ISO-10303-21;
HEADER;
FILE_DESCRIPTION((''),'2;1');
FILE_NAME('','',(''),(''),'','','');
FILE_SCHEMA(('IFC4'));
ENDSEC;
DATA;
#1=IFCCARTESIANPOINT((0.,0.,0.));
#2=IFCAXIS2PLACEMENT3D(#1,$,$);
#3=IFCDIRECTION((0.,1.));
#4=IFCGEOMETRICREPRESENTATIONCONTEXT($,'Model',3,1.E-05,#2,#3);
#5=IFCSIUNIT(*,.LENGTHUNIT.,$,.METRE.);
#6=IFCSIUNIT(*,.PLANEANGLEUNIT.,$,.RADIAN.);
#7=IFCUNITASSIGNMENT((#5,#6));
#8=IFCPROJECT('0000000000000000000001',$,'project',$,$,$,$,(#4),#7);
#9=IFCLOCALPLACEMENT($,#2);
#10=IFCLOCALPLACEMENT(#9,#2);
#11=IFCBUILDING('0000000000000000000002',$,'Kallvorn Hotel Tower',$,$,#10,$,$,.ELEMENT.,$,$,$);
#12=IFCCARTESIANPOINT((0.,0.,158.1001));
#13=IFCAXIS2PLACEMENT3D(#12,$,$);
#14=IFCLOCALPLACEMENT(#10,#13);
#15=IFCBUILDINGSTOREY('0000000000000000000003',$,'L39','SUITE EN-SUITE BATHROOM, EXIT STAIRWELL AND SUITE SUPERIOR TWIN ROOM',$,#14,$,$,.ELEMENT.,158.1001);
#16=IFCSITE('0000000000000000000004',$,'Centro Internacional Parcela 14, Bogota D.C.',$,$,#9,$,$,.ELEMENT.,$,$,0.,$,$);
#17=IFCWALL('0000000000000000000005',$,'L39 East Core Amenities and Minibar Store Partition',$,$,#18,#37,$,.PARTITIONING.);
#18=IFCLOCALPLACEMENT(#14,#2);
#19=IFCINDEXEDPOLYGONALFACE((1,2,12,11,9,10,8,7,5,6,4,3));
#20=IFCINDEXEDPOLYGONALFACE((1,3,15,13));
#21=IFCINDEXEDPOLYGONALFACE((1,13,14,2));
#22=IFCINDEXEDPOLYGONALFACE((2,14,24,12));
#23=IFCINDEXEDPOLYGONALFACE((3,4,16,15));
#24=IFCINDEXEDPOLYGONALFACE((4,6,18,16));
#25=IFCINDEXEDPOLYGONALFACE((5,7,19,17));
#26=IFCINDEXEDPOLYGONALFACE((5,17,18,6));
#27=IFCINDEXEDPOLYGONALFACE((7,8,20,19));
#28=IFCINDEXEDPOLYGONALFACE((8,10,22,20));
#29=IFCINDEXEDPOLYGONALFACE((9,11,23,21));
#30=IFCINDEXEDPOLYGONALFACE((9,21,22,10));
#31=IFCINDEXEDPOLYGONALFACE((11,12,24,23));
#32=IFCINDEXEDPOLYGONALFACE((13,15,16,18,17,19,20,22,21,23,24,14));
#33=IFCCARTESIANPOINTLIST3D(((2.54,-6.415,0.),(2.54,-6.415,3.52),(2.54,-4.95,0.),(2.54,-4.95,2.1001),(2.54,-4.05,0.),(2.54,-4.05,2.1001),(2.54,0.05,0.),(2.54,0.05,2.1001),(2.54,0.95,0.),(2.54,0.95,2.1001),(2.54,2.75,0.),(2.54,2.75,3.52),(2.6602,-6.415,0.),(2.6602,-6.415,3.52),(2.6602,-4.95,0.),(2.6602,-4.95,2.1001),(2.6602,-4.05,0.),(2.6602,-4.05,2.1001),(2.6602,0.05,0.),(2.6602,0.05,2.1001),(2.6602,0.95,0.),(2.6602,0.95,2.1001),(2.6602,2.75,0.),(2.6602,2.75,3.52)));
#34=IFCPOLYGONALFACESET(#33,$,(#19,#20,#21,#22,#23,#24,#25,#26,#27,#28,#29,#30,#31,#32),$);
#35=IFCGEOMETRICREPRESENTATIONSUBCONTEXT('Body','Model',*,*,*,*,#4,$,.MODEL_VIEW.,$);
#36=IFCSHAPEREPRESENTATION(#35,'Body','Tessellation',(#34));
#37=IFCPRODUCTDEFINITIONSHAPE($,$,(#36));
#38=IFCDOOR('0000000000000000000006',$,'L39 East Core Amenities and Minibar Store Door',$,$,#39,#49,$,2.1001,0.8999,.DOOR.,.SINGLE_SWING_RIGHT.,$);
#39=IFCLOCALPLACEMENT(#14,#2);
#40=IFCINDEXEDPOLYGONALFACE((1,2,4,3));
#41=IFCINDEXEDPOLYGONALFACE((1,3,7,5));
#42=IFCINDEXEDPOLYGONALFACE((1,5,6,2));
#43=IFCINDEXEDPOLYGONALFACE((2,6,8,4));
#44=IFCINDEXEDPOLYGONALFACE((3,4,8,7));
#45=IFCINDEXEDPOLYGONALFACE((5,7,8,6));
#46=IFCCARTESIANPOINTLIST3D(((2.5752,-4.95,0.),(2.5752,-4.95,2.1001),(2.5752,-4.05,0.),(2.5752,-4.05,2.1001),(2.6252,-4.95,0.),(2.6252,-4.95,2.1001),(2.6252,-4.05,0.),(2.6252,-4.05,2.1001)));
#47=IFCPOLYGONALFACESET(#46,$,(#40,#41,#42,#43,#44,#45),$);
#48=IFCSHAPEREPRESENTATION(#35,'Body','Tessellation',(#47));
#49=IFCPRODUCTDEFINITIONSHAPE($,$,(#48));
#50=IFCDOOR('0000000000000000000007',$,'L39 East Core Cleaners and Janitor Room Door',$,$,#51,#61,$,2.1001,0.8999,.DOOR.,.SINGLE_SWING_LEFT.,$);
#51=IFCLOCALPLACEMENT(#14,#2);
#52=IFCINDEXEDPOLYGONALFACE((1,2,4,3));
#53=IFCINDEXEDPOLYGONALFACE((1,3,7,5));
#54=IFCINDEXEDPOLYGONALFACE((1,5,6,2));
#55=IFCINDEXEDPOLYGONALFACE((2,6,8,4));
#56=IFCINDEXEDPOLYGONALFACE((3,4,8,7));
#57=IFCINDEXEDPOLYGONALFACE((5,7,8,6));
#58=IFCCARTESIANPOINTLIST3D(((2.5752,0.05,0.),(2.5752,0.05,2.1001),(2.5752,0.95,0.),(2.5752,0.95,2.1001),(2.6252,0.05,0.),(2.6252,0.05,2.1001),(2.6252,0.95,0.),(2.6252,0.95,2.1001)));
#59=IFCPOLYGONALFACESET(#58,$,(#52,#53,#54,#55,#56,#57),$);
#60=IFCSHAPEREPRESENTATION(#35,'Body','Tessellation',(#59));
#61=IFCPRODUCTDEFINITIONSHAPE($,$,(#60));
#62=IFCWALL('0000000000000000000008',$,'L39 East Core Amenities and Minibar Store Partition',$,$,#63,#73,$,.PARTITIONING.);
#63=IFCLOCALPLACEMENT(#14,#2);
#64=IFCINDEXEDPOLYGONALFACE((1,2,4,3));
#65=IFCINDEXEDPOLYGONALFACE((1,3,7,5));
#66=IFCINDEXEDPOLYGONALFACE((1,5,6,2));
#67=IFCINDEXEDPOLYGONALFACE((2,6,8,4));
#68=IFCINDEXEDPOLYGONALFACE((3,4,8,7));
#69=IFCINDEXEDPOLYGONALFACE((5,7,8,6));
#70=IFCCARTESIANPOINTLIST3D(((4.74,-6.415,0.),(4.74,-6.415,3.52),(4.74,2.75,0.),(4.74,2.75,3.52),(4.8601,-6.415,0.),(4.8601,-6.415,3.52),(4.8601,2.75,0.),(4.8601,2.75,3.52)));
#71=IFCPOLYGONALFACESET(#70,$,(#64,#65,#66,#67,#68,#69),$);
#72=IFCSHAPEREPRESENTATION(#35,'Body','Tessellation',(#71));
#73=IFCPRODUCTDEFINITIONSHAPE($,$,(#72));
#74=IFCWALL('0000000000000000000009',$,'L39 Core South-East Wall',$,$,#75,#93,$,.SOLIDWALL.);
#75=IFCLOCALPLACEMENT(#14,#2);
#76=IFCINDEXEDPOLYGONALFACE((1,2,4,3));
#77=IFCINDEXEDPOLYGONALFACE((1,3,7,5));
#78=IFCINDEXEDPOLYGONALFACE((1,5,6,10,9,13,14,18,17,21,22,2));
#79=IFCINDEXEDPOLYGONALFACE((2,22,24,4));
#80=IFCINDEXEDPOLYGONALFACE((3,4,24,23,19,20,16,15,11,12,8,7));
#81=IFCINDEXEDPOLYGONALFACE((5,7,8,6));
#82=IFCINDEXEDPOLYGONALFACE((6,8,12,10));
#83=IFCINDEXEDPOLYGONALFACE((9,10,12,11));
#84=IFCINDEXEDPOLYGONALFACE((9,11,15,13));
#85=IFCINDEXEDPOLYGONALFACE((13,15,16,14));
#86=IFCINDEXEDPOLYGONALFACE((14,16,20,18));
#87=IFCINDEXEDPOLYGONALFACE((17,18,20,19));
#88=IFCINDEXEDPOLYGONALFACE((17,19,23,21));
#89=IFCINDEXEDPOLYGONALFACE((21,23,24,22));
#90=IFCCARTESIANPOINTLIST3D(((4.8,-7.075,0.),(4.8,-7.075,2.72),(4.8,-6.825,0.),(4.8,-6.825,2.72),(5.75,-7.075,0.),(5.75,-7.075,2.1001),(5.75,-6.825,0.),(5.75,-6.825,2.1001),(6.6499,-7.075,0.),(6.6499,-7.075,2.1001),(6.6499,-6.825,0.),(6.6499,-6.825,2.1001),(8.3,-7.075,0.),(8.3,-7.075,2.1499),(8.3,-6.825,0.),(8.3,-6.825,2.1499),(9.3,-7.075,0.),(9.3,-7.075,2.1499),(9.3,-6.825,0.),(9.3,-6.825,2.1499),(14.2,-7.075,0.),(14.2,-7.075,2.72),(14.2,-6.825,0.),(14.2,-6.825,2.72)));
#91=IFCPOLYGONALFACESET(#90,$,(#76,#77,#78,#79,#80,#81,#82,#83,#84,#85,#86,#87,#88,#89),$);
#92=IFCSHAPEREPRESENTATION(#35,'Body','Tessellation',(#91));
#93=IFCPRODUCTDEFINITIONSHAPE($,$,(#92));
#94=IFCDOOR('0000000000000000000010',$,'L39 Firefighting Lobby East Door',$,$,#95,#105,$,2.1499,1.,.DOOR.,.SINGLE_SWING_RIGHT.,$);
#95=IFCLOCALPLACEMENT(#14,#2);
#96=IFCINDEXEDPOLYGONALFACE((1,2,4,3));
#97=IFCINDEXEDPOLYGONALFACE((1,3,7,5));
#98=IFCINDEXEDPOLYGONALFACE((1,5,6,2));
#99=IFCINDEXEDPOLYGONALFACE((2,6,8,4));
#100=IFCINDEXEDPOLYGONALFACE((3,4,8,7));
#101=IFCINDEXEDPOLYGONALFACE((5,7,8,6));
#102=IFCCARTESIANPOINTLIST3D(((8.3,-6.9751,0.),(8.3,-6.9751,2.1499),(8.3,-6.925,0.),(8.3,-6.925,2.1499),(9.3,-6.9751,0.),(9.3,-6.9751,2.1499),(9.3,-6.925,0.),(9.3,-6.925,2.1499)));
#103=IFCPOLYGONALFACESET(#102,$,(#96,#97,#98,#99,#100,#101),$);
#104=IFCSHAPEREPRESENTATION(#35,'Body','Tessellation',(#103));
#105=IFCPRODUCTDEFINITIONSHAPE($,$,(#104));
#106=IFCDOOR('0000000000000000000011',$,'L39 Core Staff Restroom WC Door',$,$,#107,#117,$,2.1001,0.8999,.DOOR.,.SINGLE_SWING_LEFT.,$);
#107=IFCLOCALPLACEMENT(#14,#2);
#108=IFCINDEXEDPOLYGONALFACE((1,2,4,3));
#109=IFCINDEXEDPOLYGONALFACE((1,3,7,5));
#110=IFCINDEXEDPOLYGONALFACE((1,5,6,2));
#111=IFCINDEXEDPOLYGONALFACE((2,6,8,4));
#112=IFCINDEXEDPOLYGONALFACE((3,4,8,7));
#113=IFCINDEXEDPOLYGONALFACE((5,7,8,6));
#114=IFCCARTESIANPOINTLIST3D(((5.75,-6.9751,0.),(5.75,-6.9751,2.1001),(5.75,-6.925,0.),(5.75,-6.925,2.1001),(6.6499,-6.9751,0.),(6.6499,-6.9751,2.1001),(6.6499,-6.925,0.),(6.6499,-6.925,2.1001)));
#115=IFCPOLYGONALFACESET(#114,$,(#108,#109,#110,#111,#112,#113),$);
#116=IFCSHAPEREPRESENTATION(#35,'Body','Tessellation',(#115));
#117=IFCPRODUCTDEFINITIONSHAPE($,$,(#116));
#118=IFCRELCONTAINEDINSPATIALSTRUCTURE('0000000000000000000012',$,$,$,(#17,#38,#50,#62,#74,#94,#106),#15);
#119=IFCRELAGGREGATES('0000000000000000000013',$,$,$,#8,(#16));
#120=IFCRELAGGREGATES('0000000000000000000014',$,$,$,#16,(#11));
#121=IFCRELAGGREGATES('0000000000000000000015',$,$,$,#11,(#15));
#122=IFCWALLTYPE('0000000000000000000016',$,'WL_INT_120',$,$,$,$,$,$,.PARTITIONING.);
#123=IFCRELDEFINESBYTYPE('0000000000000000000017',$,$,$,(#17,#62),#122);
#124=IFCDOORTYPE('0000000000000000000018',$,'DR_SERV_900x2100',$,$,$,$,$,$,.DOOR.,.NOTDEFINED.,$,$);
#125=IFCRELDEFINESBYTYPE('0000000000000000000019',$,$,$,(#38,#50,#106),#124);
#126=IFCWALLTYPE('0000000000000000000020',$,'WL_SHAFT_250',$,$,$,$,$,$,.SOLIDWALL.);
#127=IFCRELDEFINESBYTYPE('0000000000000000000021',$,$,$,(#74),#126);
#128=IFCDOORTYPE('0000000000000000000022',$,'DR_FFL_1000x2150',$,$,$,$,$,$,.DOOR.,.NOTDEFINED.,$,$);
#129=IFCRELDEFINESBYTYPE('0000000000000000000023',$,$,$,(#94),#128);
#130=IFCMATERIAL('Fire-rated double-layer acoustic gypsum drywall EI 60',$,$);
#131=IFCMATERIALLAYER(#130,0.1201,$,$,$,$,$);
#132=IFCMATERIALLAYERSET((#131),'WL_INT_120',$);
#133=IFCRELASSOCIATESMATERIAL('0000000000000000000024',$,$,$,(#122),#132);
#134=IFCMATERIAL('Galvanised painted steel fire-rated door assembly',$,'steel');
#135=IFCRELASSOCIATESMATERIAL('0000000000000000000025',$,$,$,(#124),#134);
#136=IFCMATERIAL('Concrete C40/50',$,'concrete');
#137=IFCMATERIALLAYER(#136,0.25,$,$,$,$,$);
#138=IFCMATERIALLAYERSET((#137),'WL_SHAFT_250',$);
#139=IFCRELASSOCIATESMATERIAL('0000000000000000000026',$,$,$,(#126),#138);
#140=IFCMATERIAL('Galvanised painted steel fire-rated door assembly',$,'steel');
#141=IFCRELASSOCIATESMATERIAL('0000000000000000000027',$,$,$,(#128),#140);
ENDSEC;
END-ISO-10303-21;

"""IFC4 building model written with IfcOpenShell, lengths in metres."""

from ifc_helpers import new_model, si_unit, direction, frame, frame_2d, origin, place, context, subcontext, project, spatial, rectangle, extrude, material, layer, layer_set, type_object, element, fill, save


model = new_model("IFC4")

# Units and contexts
model_context = context("Model", 3, precision=1e-05, world=origin(), true_north=direction((0.0, 1.0)))
body_context = subcontext(model_context, "Body", "Model", "MODEL_VIEW")
ifc_project = project(units=[si_unit("LENGTHUNIT", "METRE"), si_unit("PLANEANGLEUNIT", "RADIAN")], contexts=[model_context])

# Site, building, storey
site_placement = place(None, origin())
site = spatial("IfcSite", under=ifc_project, at=site_placement, Name="Centro Internacional Parcela 14, Bogota D.C.", CompositionType="ELEMENT", RefElevation=0.0)
building_placement = place(site_placement, origin())
building = spatial("IfcBuilding", under=site, at=building_placement, Name="Kallvorn Hotel Tower", CompositionType="ELEMENT")
storey_placement = place(building_placement, frame((0.0, 0.0, 158.1001)))
storey = spatial("IfcBuildingStorey", under=building, at=storey_placement, Name="L39", Description="SUITE EN-SUITE BATHROOM, EXIT STAIRWELL AND SUITE SUPERIOR TWIN ROOM", CompositionType="ELEMENT", Elevation=158.1001)

# Shared definitions
ifc_material_1 = material(Name="Fire-rated double-layer acoustic gypsum drywall EI 60")
ifc_layer_1 = layer(ifc_material_1, 0.1201)
ifc_layer_set_1 = layer_set([ifc_layer_1], Name="WL_INT_120")
wall_type_1 = type_object("IfcWallType", Name="WL_INT_120", PredefinedType="PARTITIONING", material=ifc_layer_set_1)

# Wall, openings, doors
wall_1_placement = place(storey_placement, frame((2.6001, -6.415, 0.0), z_axis=(0.0, 0.0, 1.0), x_axis=(0.0, 1.0, 0.0)))
wall_1 = element("IfcWall", 1, at=wall_1_placement, inside=storey, type_object=wall_type_1, Name="L39 East Core Amenities and Minibar Store Partition", PredefinedType="PARTITIONING", context=body_context, shape_type="SweptSolid", body=[
    extrude(rectangle(XDim=9.165, YDim=0.1201, at=frame_2d((4.5825, 0.0))), origin(), (0.0, 0.0, 1.0), 3.52),
])
opening_1_placement = place(wall_1_placement, frame((1.4651, 0.0, 0.0)))
opening_1 = element("IfcOpeningElement", 2, at=opening_1_placement, cuts=wall_1, PredefinedType="OPENING", context=body_context, shape_type="SweptSolid", body=[
    extrude(rectangle(XDim=0.8999, YDim=2.1001, at=frame_2d((0.45, 1.05))), frame((0.0, 0.075, 0.0), z_axis=(0.0, -1.0, 0.0), x_axis=(1.0, 0.0, 0.0)), (0.0, 0.0, 1.0), 0.1501),
])
opening_2_placement = place(wall_1_placement, frame((6.4651, 0.0, 0.0)))
opening_2 = element("IfcOpeningElement", 3, at=opening_2_placement, cuts=wall_1, PredefinedType="OPENING", context=body_context, shape_type="SweptSolid", body=[
    extrude(rectangle(XDim=0.8999, YDim=2.1001, at=frame_2d((0.45, 1.05))), frame((0.0, 0.075, 0.0), z_axis=(0.0, -1.0, 0.0), x_axis=(1.0, 0.0, 0.0)), (0.0, 0.0, 1.0), 0.1501),
])
ifc_material_2 = material(Name="Galvanised painted steel fire-rated door assembly", Category="steel")
door_type_1 = type_object("IfcDoorType", Name="DR_SERV_900x2100", OperationType="NOTDEFINED", PredefinedType="DOOR", material=ifc_material_2)
door_1_placement = place(opening_1_placement, origin())
door_1 = element("IfcDoor", 4, at=door_1_placement, inside=storey, type_object=door_type_1, Name="L39 East Core Amenities and Minibar Store Door", OperationType="SINGLE_SWING_RIGHT", OverallHeight=2.1001, OverallWidth=0.8999, PredefinedType="DOOR", context=body_context, shape_type="SweptSolid", body=[
    extrude(rectangle(XDim=0.8999, YDim=2.1001, at=frame_2d((0.45, 1.05))), frame((0.0, 0.0249, 0.0), z_axis=(0.0, -1.0, 0.0), x_axis=(1.0, 0.0, 0.0)), (0.0, 0.0, 1.0), 0.05),
])
fill(opening_1, door_1)
door_2_placement = place(opening_2_placement, origin())
door_2 = element("IfcDoor", 5, at=door_2_placement, inside=storey, type_object=door_type_1, Name="L39 East Core Cleaners and Janitor Room Door", OperationType="SINGLE_SWING_LEFT", OverallHeight=2.1001, OverallWidth=0.8999, PredefinedType="DOOR", context=body_context, shape_type="SweptSolid", body=[
    extrude(rectangle(XDim=0.8999, YDim=2.1001, at=frame_2d((0.45, 1.05))), frame((0.0, 0.0249, 0.0), z_axis=(0.0, -1.0, 0.0), x_axis=(1.0, 0.0, 0.0)), (0.0, 0.0, 1.0), 0.05),
])
fill(opening_2, door_2)

# Wall
wall_2_placement = place(storey_placement, frame((4.8, -6.415, 0.0), z_axis=(0.0, 0.0, 1.0), x_axis=(0.0, 1.0, 0.0)))
element("IfcWall", 6, at=wall_2_placement, inside=storey, type_object=wall_type_1, Name="L39 East Core Amenities and Minibar Store Partition", PredefinedType="PARTITIONING", context=body_context, shape_type="SweptSolid", body=[
    extrude(rectangle(XDim=9.165, YDim=0.1201, at=frame_2d((4.5825, 0.0))), origin(), (0.0, 0.0, 1.0), 3.52),
])

# Wall, openings, doors
ifc_material_3 = material(Name="Concrete C40/50", Category="concrete")
ifc_layer_2 = layer(ifc_material_3, 0.25)
ifc_layer_set_2 = layer_set([ifc_layer_2], Name="WL_SHAFT_250")
wall_type_2 = type_object("IfcWallType", Name="WL_SHAFT_250", PredefinedType="SOLIDWALL", material=ifc_layer_set_2)
wall_3_placement = place(storey_placement, frame((4.8, -6.95, 0.0), z_axis=(0.0, 0.0, 1.0), x_axis=(1.0, 0.0, 0.0)))
wall_3 = element("IfcWall", 7, at=wall_3_placement, inside=storey, type_object=wall_type_2, Name="L39 Core South-East Wall", PredefinedType="SOLIDWALL", context=body_context, shape_type="SweptSolid", body=[
    extrude(rectangle(XDim=9.3999, YDim=0.25, at=frame_2d((4.7, 0.0))), origin(), (0.0, 0.0, 1.0), 2.72),
])
opening_3_placement = place(wall_3_placement, frame((3.5, 0.0, 0.0)))
opening_3 = element("IfcOpeningElement", 8, at=opening_3_placement, cuts=wall_3, PredefinedType="OPENING", context=body_context, shape_type="SweptSolid", body=[
    extrude(rectangle(XDim=1.0, YDim=2.1499, at=frame_2d((0.5, 1.075))), frame((0.0, 0.1399, 0.0), z_axis=(0.0, -1.0, 0.0), x_axis=(1.0, 0.0, 0.0)), (0.0, 0.0, 1.0), 0.28),
])
opening_4_placement = place(wall_3_placement, frame((0.95, 0.0, 0.0)))
opening_4 = element("IfcOpeningElement", 9, at=opening_4_placement, cuts=wall_3, PredefinedType="OPENING", context=body_context, shape_type="SweptSolid", body=[
    extrude(rectangle(XDim=0.8999, YDim=2.1001, at=frame_2d((0.45, 1.05))), frame((0.0, 0.1399, 0.0), z_axis=(0.0, -1.0, 0.0), x_axis=(1.0, 0.0, 0.0)), (0.0, 0.0, 1.0), 0.28),
])
ifc_material_4 = material(Name="Galvanised painted steel fire-rated door assembly", Category="steel")
door_type_2 = type_object("IfcDoorType", Name="DR_FFL_1000x2150", OperationType="NOTDEFINED", PredefinedType="DOOR", material=ifc_material_4)
door_3_placement = place(opening_3_placement, origin())
door_3 = element("IfcDoor", 10, at=door_3_placement, inside=storey, type_object=door_type_2, Name="L39 Firefighting Lobby East Door", OperationType="SINGLE_SWING_RIGHT", OverallHeight=2.1499, OverallWidth=1.0, PredefinedType="DOOR", context=body_context, shape_type="SweptSolid", body=[
    extrude(rectangle(XDim=1.0, YDim=2.1499, at=frame_2d((0.5, 1.075))), frame((0.0, 0.0249, 0.0), z_axis=(0.0, -1.0, 0.0), x_axis=(1.0, 0.0, 0.0)), (0.0, 0.0, 1.0), 0.05),
])
fill(opening_3, door_3)
door_4_placement = place(opening_4_placement, origin())
door_4 = element("IfcDoor", 11, at=door_4_placement, inside=storey, type_object=door_type_1, Name="L39 Core Staff Restroom WC Door", OperationType="SINGLE_SWING_LEFT", OverallHeight=2.1001, OverallWidth=0.8999, PredefinedType="DOOR", context=body_context, shape_type="SweptSolid", body=[
    extrude(rectangle(XDim=0.8999, YDim=2.1001, at=frame_2d((0.45, 1.05))), frame((0.0, 0.0249, 0.0), z_axis=(0.0, -1.0, 0.0), x_axis=(1.0, 0.0, 0.0)), (0.0, 0.0, 1.0), 0.05),
])
fill(opening_4, door_4)

save(model, "model.ifc")
